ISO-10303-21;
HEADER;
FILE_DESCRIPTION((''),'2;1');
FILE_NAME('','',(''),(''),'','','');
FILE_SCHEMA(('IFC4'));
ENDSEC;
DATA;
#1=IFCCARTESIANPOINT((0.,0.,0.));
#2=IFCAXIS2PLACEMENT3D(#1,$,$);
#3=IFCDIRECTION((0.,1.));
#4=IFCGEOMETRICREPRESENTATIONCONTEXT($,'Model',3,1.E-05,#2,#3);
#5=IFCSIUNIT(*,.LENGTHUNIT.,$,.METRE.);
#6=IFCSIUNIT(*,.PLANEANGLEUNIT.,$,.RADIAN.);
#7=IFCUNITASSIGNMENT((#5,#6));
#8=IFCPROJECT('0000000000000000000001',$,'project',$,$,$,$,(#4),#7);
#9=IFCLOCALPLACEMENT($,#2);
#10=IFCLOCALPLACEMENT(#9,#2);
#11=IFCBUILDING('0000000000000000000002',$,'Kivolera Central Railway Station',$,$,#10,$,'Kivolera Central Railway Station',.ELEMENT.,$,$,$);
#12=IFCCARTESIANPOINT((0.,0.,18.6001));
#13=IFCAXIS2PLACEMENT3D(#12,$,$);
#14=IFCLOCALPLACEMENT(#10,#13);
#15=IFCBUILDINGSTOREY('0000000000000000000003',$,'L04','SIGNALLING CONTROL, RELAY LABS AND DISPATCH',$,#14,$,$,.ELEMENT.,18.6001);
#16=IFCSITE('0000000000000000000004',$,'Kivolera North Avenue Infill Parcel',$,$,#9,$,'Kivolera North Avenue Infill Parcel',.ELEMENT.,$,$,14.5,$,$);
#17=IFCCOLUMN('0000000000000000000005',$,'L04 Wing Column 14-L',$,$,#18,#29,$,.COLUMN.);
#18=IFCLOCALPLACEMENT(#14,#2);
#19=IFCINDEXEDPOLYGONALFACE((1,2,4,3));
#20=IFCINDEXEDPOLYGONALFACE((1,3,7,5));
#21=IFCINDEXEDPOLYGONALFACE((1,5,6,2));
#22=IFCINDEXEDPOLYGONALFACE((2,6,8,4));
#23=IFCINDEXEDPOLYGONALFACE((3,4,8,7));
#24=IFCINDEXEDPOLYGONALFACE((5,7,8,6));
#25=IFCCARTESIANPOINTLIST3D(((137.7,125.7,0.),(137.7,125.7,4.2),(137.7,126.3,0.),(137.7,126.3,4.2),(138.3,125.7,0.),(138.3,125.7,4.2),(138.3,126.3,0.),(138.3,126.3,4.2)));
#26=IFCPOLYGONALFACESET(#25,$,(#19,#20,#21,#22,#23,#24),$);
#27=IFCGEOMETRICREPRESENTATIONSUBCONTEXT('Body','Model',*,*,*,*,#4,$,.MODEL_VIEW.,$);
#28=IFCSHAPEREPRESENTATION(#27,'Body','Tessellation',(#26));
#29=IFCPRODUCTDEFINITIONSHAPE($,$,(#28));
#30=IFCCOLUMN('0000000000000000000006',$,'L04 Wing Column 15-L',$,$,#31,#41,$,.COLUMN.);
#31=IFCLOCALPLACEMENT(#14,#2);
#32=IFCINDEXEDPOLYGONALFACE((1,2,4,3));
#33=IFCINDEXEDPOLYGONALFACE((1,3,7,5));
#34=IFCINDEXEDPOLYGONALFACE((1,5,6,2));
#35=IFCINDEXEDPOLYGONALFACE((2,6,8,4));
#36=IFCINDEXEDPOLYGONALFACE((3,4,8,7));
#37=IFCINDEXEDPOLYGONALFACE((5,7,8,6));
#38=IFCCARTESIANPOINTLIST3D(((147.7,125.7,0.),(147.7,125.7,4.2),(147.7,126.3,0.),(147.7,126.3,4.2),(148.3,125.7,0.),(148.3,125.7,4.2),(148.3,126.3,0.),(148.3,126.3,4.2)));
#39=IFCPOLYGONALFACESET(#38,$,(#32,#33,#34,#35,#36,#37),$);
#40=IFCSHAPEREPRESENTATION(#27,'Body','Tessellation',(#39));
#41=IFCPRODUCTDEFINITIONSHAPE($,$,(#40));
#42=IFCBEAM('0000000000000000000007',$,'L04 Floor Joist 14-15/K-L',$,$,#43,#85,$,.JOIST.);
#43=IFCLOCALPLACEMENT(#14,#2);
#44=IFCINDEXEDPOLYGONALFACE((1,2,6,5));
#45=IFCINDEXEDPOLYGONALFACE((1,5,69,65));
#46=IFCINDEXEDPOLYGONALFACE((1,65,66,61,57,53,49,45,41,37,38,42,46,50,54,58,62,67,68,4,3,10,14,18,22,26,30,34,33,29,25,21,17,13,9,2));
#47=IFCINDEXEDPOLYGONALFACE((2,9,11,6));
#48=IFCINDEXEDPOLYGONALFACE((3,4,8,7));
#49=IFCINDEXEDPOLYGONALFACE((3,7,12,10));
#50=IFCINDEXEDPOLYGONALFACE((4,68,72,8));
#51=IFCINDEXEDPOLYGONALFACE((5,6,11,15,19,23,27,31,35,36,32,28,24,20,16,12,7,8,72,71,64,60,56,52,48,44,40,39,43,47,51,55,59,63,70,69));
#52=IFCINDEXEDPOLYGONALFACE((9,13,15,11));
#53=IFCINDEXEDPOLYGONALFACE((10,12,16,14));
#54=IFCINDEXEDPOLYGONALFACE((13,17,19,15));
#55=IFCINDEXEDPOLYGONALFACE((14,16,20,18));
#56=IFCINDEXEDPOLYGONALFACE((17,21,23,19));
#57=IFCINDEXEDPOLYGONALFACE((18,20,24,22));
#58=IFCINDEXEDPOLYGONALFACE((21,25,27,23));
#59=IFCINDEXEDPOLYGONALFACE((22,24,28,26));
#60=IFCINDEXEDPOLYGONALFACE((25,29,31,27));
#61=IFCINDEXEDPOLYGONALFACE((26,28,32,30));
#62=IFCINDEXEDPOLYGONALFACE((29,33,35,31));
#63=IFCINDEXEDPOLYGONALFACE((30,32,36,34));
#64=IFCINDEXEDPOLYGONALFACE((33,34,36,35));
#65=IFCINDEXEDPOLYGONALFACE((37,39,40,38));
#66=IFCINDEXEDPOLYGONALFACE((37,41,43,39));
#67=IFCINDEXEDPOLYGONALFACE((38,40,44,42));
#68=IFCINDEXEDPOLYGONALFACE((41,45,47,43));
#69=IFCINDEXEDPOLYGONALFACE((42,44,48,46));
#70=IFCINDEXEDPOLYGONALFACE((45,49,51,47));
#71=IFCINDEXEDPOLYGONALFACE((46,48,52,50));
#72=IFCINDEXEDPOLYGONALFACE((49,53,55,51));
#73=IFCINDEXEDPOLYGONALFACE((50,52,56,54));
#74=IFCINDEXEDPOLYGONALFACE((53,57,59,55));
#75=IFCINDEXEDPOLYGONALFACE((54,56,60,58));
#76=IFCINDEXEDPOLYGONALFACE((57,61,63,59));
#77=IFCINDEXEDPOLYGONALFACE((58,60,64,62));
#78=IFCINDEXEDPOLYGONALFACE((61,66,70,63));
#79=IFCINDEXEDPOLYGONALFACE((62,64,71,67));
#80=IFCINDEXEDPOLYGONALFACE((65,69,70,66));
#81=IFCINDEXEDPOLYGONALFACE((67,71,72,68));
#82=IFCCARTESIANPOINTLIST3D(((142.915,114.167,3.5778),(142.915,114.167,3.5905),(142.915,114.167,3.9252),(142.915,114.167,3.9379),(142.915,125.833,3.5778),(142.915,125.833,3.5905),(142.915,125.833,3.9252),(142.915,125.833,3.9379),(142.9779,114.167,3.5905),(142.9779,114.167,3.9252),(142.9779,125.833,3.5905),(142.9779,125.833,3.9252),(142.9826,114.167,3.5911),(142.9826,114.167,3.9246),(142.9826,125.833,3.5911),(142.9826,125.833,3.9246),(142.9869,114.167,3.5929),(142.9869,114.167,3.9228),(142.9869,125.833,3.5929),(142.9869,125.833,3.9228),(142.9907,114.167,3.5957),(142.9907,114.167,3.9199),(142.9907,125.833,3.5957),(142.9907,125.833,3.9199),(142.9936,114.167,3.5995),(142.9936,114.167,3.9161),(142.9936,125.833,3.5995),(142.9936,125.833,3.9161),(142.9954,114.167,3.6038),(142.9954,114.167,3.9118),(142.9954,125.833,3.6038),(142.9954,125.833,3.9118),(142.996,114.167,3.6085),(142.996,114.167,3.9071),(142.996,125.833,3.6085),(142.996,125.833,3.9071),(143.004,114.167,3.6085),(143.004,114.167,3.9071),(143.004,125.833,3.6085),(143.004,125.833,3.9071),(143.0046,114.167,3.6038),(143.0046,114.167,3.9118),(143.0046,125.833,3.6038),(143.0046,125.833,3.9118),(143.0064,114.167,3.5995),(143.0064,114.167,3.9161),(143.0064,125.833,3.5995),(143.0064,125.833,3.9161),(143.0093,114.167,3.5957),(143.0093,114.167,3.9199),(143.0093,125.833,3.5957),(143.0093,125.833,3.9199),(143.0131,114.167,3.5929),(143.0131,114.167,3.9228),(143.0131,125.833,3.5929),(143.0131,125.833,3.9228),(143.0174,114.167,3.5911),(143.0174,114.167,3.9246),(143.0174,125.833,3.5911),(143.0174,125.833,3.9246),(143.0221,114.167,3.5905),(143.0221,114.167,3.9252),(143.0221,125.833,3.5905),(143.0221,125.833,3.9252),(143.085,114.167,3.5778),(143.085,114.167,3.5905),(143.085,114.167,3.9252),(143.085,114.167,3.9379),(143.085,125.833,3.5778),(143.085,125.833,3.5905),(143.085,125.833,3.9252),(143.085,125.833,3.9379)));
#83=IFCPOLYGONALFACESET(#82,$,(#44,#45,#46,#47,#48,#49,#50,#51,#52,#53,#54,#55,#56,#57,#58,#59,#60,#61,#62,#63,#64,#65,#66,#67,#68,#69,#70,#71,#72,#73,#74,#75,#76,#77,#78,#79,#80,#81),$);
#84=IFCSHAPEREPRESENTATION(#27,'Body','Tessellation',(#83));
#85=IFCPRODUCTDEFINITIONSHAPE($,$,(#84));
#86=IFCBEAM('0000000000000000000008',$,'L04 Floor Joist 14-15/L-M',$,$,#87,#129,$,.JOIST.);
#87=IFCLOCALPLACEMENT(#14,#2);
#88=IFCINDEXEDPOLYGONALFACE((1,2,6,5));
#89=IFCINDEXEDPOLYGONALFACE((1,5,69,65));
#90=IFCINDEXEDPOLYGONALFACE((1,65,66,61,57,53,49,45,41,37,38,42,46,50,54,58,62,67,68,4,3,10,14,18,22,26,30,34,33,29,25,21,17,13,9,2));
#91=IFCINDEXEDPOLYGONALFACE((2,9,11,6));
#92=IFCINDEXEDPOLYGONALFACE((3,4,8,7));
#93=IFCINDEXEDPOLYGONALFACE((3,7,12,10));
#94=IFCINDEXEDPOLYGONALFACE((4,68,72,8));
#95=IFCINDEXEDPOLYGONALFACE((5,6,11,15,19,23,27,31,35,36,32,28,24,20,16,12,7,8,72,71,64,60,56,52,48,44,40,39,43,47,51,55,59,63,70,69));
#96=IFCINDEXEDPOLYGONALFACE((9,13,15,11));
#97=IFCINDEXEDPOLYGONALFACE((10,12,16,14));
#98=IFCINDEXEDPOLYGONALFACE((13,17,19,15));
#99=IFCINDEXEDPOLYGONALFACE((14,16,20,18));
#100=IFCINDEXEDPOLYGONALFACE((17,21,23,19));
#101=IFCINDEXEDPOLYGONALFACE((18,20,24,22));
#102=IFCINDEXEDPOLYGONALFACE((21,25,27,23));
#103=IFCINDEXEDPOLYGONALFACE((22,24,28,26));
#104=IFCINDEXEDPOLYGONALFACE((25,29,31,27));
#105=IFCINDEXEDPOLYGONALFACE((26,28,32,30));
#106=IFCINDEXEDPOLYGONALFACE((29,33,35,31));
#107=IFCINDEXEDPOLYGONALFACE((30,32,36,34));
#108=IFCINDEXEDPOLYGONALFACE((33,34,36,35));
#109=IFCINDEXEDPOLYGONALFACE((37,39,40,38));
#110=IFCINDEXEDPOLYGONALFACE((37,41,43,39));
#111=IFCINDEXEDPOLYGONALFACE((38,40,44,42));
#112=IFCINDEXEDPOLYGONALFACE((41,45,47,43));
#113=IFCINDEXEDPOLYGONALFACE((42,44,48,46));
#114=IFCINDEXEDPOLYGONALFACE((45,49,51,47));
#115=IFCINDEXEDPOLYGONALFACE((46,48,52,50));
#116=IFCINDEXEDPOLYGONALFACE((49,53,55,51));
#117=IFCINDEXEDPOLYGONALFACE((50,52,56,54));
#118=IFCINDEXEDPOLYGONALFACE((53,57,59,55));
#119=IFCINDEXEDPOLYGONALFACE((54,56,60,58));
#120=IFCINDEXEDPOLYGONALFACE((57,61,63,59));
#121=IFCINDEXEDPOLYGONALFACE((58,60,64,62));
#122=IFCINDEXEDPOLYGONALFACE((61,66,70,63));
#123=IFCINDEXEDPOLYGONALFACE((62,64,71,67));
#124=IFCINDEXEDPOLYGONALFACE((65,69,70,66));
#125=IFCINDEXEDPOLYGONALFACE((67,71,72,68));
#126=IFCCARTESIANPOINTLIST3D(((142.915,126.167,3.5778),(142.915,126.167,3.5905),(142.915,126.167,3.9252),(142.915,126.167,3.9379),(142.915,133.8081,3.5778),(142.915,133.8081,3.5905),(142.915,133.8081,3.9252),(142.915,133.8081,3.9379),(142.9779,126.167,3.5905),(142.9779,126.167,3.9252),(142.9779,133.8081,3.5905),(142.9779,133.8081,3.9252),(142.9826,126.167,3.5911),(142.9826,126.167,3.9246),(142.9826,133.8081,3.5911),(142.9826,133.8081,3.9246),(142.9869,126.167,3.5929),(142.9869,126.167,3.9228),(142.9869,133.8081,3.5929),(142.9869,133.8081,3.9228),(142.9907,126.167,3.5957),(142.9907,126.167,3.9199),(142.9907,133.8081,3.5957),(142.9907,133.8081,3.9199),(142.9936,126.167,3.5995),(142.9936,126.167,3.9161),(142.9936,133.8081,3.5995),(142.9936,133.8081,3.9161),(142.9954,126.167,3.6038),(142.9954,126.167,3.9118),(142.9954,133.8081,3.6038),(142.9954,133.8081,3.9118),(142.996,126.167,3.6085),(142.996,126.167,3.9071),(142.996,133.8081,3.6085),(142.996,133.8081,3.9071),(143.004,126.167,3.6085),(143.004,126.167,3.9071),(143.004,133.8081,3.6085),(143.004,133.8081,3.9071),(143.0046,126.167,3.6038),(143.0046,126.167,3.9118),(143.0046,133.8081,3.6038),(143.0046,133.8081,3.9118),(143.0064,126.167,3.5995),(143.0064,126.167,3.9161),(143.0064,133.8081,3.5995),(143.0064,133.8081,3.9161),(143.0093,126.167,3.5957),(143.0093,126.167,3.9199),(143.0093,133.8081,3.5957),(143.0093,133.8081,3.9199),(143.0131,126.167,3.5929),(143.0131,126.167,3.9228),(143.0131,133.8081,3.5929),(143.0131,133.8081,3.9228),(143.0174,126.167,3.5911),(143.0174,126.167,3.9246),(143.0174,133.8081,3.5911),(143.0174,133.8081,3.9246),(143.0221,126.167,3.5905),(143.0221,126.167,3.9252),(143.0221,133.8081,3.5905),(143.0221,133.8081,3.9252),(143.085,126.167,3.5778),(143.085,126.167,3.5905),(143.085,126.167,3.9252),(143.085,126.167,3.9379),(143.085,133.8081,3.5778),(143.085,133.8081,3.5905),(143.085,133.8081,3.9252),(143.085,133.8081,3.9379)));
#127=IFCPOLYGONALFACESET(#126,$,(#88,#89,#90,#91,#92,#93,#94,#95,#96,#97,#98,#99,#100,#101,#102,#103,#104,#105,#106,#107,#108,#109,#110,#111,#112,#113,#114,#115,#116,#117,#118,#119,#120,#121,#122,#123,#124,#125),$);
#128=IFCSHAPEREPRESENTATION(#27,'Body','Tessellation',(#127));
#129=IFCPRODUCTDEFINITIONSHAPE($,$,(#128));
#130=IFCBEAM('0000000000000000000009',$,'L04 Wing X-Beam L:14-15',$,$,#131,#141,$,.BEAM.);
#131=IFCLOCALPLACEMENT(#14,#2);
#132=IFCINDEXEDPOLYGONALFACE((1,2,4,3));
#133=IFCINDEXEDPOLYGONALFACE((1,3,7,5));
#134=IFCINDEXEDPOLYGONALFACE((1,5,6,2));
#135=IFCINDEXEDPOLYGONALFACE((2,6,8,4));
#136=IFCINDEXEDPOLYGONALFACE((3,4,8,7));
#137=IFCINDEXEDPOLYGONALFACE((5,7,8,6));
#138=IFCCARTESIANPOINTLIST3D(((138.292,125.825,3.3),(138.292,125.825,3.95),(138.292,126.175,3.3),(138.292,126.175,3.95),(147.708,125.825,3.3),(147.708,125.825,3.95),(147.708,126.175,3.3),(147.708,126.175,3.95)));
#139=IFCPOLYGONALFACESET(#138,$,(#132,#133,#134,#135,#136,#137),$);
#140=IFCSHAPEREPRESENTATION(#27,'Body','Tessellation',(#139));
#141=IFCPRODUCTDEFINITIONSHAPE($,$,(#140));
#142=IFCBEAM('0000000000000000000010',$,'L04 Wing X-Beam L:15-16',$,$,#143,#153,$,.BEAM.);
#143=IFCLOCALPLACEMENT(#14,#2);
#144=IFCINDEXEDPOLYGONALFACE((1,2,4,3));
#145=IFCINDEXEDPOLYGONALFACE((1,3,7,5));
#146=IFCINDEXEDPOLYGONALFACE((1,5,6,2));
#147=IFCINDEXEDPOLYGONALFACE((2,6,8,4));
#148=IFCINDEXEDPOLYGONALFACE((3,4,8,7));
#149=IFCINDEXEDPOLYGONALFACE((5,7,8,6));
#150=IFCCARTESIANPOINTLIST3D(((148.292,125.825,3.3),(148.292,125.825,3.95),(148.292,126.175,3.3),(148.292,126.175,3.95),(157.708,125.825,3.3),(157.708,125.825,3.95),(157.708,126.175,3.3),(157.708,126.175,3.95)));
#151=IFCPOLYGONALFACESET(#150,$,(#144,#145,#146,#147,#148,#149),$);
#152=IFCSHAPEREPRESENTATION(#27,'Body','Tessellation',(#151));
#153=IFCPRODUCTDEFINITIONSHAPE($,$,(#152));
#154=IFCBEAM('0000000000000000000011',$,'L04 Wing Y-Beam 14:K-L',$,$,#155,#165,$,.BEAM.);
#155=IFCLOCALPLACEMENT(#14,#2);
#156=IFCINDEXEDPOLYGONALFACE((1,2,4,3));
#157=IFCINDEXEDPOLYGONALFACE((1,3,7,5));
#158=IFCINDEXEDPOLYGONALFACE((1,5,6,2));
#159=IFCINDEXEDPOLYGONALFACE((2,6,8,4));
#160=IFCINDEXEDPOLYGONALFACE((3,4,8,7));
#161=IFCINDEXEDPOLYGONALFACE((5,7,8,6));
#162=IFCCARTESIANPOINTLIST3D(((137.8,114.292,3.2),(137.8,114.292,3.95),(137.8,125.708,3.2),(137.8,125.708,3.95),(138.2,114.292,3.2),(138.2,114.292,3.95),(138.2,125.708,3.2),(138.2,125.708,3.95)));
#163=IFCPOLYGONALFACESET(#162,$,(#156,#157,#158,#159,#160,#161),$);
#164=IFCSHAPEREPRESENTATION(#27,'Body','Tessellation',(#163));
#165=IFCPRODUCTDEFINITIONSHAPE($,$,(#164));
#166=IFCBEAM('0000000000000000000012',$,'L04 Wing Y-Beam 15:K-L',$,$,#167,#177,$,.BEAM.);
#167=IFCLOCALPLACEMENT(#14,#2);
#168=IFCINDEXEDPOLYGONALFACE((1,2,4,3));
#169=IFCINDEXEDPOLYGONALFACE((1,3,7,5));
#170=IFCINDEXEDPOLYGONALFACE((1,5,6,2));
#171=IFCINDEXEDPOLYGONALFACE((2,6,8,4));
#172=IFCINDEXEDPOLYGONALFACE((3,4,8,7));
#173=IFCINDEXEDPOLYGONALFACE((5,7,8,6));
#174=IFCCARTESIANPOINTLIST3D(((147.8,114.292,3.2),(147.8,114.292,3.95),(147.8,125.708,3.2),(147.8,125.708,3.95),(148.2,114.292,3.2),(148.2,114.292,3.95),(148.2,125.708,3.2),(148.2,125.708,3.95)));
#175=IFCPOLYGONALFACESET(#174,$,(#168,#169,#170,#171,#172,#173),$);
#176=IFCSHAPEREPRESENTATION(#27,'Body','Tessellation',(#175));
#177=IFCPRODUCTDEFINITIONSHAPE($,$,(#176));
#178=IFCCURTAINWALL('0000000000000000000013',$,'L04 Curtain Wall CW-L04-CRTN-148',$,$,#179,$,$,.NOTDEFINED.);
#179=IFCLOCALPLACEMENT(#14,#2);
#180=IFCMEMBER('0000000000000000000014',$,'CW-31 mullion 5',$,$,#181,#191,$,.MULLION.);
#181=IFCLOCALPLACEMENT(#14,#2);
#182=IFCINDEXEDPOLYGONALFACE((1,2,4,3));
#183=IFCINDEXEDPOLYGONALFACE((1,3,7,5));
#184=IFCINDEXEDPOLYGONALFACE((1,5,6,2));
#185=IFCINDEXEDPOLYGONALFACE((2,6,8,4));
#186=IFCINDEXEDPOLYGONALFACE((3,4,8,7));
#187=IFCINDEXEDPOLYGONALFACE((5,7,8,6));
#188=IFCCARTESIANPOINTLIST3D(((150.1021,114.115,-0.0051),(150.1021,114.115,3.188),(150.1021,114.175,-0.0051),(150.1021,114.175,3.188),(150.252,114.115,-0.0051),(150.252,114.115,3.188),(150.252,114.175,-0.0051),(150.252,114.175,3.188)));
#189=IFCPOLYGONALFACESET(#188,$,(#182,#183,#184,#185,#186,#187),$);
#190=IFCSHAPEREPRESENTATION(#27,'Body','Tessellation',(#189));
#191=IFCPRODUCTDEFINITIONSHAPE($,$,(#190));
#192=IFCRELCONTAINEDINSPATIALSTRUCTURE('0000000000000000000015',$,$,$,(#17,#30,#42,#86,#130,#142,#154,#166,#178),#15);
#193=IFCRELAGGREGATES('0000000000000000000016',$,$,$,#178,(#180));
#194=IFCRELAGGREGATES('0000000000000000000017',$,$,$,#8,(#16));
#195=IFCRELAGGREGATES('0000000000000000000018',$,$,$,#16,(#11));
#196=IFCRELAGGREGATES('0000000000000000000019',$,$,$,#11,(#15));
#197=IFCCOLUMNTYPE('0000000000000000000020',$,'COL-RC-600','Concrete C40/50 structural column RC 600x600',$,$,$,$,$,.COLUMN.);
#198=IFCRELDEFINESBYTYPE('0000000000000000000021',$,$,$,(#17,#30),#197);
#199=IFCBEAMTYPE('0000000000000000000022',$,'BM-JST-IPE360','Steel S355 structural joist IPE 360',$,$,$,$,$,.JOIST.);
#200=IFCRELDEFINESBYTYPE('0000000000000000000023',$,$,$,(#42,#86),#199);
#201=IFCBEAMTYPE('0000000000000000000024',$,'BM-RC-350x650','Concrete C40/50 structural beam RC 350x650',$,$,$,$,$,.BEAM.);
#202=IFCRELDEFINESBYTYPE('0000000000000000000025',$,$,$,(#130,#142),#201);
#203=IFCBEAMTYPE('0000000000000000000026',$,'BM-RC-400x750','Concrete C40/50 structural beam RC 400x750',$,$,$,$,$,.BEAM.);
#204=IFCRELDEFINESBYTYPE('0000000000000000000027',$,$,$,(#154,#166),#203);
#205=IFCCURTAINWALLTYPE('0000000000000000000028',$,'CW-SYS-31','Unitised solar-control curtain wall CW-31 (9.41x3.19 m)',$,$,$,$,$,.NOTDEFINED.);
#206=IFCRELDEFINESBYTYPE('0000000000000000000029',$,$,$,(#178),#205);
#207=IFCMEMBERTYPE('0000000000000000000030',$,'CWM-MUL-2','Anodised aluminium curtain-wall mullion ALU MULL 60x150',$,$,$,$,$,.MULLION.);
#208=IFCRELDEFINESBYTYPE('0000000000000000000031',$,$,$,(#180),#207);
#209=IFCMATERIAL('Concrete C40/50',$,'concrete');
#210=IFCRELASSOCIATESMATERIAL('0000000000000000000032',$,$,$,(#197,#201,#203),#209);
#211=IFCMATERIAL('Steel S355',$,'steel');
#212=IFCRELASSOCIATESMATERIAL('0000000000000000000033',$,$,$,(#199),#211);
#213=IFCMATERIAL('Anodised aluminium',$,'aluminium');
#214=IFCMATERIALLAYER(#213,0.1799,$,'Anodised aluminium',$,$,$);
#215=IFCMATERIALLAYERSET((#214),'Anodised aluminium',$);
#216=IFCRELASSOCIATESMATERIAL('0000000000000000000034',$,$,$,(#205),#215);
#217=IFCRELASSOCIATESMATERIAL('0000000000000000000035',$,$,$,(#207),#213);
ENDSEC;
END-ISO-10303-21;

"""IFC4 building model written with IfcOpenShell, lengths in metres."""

from ifc_helpers import new_model, si_unit, direction, frame, origin, origin_2d, place, context, subcontext, project, spatial, rectangle, i_section, extrude, material, layer, layer_set, material_profile, profile_set, type_object, element, aggregate, save


model = new_model("IFC4")

# Units and contexts
model_context = context("Model", 3, precision=1e-05, world=origin(), true_north=direction((0.0, 1.0)))
body_context = subcontext(model_context, "Body", "Model", "MODEL_VIEW")
ifc_project = project(units=[si_unit("LENGTHUNIT", "METRE"), si_unit("PLANEANGLEUNIT", "RADIAN")], contexts=[model_context])

# Site, building, storey
site_placement = place(None, origin())
site = spatial("IfcSite", under=ifc_project, at=site_placement, Name="Kivolera North Avenue Infill Parcel", LongName="Kivolera North Avenue Infill Parcel", CompositionType="ELEMENT", RefElevation=14.5)
building_placement = place(site_placement, origin())
building = spatial("IfcBuilding", under=site, at=building_placement, Name="Kivolera Central Railway Station", LongName="Kivolera Central Railway Station", CompositionType="ELEMENT")
storey_placement = place(building_placement, frame((0.0, 0.0, 18.6001)))
storey = spatial("IfcBuildingStorey", under=building, at=storey_placement, Name="L04", Description="SIGNALLING CONTROL, RELAY LABS AND DISPATCH", CompositionType="ELEMENT", Elevation=18.6001)

# Columns
ifc_material_1 = material(Name="Concrete C40/50", Category="concrete")
ifc_material_profile_1 = material_profile(ifc_material_1, rectangle(XDim=0.6001, YDim=0.6001, at=origin_2d()), Name="RC 600x600")
ifc_profile_set_1 = profile_set([ifc_material_profile_1], Name="Concrete C40/50")
column_type = type_object("IfcColumnType", Name="COL-RC-600", Description="Concrete C40/50 structural column RC 600x600", PredefinedType="COLUMN", material=ifc_profile_set_1)
for number, where, z_axis, x_axis, name in (
    (1, (138.0, 126.0, 0.0), (0.0, 0.0, 1.0), (1.0, 0.0, 0.0), "L04 Wing Column 14-L"),
    (2, (148.0, 126.0, 0.0), (0.0, 0.0, 1.0), (1.0, 0.0, 0.0), "L04 Wing Column 15-L"),
):
    element("IfcColumn", number, at=place(storey_placement, frame(where, z_axis=z_axis, x_axis=x_axis)), inside=storey, type_object=column_type, Name=name, PredefinedType="COLUMN", context=body_context, shape_type="SweptSolid", body=[
        extrude(rectangle(XDim=0.6001, YDim=0.6001, at=origin_2d()), origin(), (0.0, 0.0, 1.0), 4.2),
    ])

# Beams
ifc_material_2 = material(Name="Steel S355", Category="steel")
ifc_material_profile_2 = material_profile(ifc_material_2, i_section(OverallWidth=0.1699, OverallDepth=0.3601, WebThickness=0.0081, FlangeThickness=0.0127, FilletRadius=0.0181, at=origin_2d()), Name="IPE 360")
ifc_profile_set_2 = profile_set([ifc_material_profile_2], Name="Steel S355")
beam_type_1 = type_object("IfcBeamType", Name="BM-JST-IPE360", Description="Steel S355 structural joist IPE 360", PredefinedType="JOIST", material=ifc_profile_set_2)
beam_1_placement = place(storey_placement, frame((143.0, 114.167, 3.7578), z_axis=(0.0, 1.0, 0.0), x_axis=(-1.0, 0.0, 0.0)))
element("IfcBeam", 3, at=beam_1_placement, inside=storey, type_object=beam_type_1, Name="L04 Floor Joist 14-15/K-L", PredefinedType="JOIST", context=body_context, shape_type="SweptSolid", body=[
    extrude(i_section(OverallWidth=0.1699, OverallDepth=0.3601, WebThickness=0.0081, FlangeThickness=0.0127, FilletRadius=0.0181, at=origin_2d()), origin(), (0.0, 0.0, 1.0), 11.666),
])
beam_2_placement = place(storey_placement, frame((143.0, 126.167, 3.7578), z_axis=(0.0, 1.0, 0.0), x_axis=(-1.0, 0.0, 0.0)))
element("IfcBeam", 4, at=beam_2_placement, inside=storey, type_object=beam_type_1, Name="L04 Floor Joist 14-15/L-M", PredefinedType="JOIST", context=body_context, shape_type="SweptSolid", body=[
    extrude(i_section(OverallWidth=0.1699, OverallDepth=0.3601, WebThickness=0.0081, FlangeThickness=0.0127, FilletRadius=0.0181, at=origin_2d()), origin(), (0.0, 0.0, 1.0), 7.6411),
])
ifc_material_profile_3 = material_profile(ifc_material_1, rectangle(XDim=0.3501, YDim=0.6499, at=origin_2d()), Name="RC 350x650")
ifc_profile_set_3 = profile_set([ifc_material_profile_3], Name="Concrete C40/50")
beam_type_2 = type_object("IfcBeamType", Name="BM-RC-350x650", Description="Concrete C40/50 structural beam RC 350x650", PredefinedType="BEAM", material=ifc_profile_set_3)
for number, where, z_axis, x_axis, name in (
    (5, (138.292, 126.0, 3.625), (1.0, 0.0, 0.0), (0.0, 1.0, 0.0), "L04 Wing X-Beam L:14-15"),
    (6, (148.292, 126.0, 3.625), (1.0, 0.0, 0.0), (0.0, 1.0, 0.0), "L04 Wing X-Beam L:15-16"),
):
    element("IfcBeam", number, at=place(storey_placement, frame(where, z_axis=z_axis, x_axis=x_axis)), inside=storey, type_object=beam_type_2, Name=name, PredefinedType="BEAM", context=body_context, shape_type="SweptSolid", body=[
        extrude(rectangle(XDim=0.3501, YDim=0.6499, at=origin_2d()), origin(), (0.0, 0.0, 1.0), 9.416),
    ])
ifc_material_profile_4 = material_profile(ifc_material_1, rectangle(XDim=0.3999, YDim=0.75, at=origin_2d()), Name="RC 400x750")
ifc_profile_set_4 = profile_set([ifc_material_profile_4], Name="Concrete C40/50")
beam_type_3 = type_object("IfcBeamType", Name="BM-RC-400x750", Description="Concrete C40/50 structural beam RC 400x750", PredefinedType="BEAM", material=ifc_profile_set_4)
for number, where, z_axis, x_axis, name in (
    (7, (138.0, 114.292, 3.575), (0.0, 1.0, 0.0), (-1.0, 0.0, 0.0), "L04 Wing Y-Beam 14:K-L"),
    (8, (148.0, 114.292, 3.575), (0.0, 1.0, 0.0), (-1.0, 0.0, 0.0), "L04 Wing Y-Beam 15:K-L"),
):
    element("IfcBeam", number, at=place(storey_placement, frame(where, z_axis=z_axis, x_axis=x_axis)), inside=storey, type_object=beam_type_3, Name=name, PredefinedType="BEAM", context=body_context, shape_type="SweptSolid", body=[
        extrude(rectangle(XDim=0.3999, YDim=0.75, at=origin_2d()), origin(), (0.0, 0.0, 1.0), 11.416),
    ])

# Curtain wall, member
ifc_material_3 = material(Name="Anodised aluminium", Category="aluminium")
ifc_layer_1 = layer(ifc_material_3, 0.1799, Name="Anodised aluminium")
ifc_layer_set_1 = layer_set([ifc_layer_1], Name="Anodised aluminium")
curtain_wall_type = type_object("IfcCurtainWallType", Name="CW-SYS-31", Description="Unitised solar-control curtain wall CW-31 (9.41x3.19 m)", PredefinedType="NOTDEFINED", material=ifc_layer_set_1)
curtain_wall_placement = place(storey_placement, origin())
curtain_wall = element("IfcCurtainWall", 9, at=curtain_wall_placement, inside=storey, type_object=curtain_wall_type, Name="L04 Curtain Wall CW-L04-CRTN-148", PredefinedType="NOTDEFINED")
ifc_material_profile_5 = material_profile(ifc_material_3, rectangle(XDim=0.0601, YDim=0.1499, at=origin_2d()), Name="ALU MULL 60x150")
ifc_profile_set_5 = profile_set([ifc_material_profile_5], Name="Anodised aluminium")
member_type_1 = type_object("IfcMemberType", Name="CWM-MUL-2", Description="Anodised aluminium curtain-wall mullion ALU MULL 60x150", PredefinedType="MULLION", material=ifc_profile_set_5)
member_1_placement = place(storey_placement, frame((150.177, 114.145, -0.0051), z_axis=(0.0, 0.0, 1.0), x_axis=(0.0, -1.0, 0.0)))
member_1 = element("IfcMember", 10, at=member_1_placement, type_object=member_type_1, Name="CW-31 mullion 5", PredefinedType="MULLION", context=body_context, shape_type="SweptSolid", body=[
    extrude(rectangle(XDim=0.0601, YDim=0.1499, at=origin_2d()), origin(), (0.0, 0.0, 1.0), 3.1931),
])
aggregate(curtain_wall, [member_1])

save(model, "model.ifc")
